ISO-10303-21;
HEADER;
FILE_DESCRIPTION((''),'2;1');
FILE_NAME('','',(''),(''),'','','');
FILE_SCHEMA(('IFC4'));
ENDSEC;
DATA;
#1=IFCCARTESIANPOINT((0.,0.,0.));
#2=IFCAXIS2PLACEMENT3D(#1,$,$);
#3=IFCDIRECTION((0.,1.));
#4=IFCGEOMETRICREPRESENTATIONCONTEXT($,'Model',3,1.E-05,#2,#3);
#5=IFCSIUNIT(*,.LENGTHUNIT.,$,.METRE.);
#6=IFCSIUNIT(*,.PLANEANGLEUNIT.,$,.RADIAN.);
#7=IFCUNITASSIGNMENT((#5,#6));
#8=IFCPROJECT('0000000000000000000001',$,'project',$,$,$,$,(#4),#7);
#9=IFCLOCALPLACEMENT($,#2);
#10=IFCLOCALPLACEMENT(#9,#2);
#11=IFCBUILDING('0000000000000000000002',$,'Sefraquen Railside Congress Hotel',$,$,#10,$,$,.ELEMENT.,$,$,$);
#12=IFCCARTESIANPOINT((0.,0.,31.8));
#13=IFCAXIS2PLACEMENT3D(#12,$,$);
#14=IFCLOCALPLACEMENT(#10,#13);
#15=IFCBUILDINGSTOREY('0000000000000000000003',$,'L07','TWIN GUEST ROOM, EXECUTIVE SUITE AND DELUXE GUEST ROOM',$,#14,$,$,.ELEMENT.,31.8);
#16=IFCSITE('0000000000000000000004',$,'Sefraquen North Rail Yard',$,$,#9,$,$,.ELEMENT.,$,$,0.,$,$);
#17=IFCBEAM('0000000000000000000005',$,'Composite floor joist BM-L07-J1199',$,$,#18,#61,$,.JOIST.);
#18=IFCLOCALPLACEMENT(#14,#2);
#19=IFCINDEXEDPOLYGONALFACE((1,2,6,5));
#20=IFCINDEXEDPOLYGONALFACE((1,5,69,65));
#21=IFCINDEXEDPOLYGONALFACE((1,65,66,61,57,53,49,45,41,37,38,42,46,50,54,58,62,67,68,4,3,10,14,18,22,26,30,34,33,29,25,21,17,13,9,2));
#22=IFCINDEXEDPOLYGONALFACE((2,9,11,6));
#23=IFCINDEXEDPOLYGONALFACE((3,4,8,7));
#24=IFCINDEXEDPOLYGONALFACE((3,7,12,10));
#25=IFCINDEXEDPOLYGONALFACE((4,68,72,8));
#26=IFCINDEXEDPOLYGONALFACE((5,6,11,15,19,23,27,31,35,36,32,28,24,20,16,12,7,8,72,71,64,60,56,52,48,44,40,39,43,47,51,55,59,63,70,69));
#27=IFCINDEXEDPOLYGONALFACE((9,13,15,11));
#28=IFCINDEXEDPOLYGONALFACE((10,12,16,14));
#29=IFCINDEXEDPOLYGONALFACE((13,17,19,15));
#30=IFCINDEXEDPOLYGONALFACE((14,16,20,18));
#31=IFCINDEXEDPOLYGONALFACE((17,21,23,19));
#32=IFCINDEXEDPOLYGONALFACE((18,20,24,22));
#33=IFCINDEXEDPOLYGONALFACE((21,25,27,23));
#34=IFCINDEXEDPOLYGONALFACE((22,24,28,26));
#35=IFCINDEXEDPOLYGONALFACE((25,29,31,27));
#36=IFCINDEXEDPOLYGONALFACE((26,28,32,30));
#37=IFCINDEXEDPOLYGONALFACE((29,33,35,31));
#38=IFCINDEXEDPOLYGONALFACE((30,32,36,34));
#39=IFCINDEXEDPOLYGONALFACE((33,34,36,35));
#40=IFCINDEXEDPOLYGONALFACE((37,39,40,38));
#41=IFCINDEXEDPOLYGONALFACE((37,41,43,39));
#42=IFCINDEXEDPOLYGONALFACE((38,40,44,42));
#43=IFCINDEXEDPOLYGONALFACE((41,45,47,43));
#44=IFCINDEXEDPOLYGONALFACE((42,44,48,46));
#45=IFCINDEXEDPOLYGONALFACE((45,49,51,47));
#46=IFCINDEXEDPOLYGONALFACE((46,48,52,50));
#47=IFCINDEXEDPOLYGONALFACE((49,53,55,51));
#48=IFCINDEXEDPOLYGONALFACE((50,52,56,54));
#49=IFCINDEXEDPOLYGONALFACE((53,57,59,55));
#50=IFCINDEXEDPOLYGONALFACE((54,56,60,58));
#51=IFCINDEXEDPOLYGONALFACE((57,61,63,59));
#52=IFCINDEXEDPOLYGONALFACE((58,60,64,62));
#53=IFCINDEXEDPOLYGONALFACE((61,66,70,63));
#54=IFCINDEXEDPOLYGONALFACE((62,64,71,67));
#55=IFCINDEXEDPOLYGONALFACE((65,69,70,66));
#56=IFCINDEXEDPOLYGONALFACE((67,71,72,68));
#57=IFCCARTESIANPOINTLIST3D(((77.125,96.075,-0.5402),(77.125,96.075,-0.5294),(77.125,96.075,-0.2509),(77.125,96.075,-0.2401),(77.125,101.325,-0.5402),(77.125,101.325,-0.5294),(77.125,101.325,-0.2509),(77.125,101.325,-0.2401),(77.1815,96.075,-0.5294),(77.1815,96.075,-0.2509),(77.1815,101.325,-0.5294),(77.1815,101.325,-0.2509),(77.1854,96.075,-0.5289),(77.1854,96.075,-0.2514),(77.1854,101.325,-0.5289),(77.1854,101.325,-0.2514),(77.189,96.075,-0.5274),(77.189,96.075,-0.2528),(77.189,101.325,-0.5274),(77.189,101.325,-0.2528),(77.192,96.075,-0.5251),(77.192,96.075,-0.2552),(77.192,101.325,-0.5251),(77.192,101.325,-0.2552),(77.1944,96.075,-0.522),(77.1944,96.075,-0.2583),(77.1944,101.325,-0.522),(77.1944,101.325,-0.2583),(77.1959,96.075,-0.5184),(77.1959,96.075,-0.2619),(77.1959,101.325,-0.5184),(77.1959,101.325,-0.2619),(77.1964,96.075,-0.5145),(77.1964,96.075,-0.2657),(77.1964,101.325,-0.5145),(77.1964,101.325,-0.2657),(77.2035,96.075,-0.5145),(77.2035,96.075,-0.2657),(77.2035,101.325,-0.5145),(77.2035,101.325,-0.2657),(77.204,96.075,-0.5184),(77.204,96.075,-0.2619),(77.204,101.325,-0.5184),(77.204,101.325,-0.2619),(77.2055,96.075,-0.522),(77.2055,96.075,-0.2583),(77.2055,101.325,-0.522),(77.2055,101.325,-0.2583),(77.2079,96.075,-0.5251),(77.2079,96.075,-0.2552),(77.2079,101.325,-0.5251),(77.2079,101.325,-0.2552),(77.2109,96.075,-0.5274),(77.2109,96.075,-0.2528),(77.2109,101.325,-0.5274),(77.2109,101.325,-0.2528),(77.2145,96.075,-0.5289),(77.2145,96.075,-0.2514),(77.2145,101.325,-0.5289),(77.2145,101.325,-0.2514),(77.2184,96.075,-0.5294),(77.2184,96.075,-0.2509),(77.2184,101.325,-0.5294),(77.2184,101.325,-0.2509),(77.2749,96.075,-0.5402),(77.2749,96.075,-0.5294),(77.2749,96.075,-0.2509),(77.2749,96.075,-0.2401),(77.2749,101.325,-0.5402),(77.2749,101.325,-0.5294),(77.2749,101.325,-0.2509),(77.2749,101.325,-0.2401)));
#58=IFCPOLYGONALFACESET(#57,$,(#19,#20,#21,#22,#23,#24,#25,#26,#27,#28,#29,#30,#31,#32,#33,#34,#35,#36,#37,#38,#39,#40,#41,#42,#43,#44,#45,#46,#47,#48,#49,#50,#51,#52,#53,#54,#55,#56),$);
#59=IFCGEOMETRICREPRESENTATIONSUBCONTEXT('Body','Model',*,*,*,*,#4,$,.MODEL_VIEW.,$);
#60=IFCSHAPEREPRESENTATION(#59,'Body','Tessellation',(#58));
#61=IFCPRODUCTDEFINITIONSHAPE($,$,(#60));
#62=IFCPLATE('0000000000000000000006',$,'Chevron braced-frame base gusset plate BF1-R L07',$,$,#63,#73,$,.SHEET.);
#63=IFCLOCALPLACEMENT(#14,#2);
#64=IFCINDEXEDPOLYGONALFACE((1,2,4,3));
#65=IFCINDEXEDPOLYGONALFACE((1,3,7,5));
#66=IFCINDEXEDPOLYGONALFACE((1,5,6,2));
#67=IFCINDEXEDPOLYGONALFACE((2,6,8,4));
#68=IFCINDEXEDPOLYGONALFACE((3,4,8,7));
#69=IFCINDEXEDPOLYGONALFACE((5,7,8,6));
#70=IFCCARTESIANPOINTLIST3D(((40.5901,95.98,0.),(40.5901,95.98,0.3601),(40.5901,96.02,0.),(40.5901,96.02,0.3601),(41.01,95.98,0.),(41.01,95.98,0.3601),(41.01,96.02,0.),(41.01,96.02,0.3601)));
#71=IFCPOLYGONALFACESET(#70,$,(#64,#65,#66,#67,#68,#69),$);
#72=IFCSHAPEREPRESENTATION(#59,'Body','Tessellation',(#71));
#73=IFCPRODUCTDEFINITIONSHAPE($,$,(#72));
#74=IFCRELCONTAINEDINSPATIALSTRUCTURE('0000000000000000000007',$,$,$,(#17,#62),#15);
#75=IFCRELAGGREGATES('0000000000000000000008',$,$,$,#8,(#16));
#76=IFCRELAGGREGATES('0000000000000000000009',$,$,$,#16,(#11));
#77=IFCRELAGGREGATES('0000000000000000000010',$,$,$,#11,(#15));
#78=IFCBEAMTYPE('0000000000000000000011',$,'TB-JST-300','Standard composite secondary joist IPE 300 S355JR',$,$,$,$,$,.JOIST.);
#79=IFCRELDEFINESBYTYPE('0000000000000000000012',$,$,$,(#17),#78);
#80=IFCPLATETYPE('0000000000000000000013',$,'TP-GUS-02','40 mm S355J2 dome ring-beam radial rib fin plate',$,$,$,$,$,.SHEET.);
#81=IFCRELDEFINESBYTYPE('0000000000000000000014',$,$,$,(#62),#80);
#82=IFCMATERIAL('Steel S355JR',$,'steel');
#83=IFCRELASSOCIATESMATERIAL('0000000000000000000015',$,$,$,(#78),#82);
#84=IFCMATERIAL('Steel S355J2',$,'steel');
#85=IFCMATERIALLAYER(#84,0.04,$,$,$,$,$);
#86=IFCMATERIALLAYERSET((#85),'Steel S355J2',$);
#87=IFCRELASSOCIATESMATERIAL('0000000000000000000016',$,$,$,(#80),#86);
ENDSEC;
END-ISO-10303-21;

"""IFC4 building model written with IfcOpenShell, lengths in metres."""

from ifc_helpers import new_model, si_unit, direction, frame, origin, origin_2d, place, context, subcontext, project, spatial, rectangle, i_section, extrude, material, layer, layer_set, material_profile, profile_set, type_object, element, save


model = new_model("IFC4")

# Units and contexts
model_context = context("Model", 3, precision=1e-05, world=origin(), true_north=direction((0.0, 1.0)))
body_context = subcontext(model_context, "Body", "Model", "MODEL_VIEW")
ifc_project = project(units=[si_unit("LENGTHUNIT", "METRE"), si_unit("PLANEANGLEUNIT", "RADIAN")], contexts=[model_context])

# Site, building, storey
site_placement = place(None, origin())
site = spatial("IfcSite", under=ifc_project, at=site_placement, Name="Sefraquen North Rail Yard", CompositionType="ELEMENT", RefElevation=0.0)
building_placement = place(site_placement, origin())
building = spatial("IfcBuilding", under=site, at=building_placement, Name="Sefraquen Railside Congress Hotel", CompositionType="ELEMENT")
storey_placement = place(building_placement, frame((0.0, 0.0, 31.8)))
storey = spatial("IfcBuildingStorey", under=building, at=storey_placement, Name="L07", Description="TWIN GUEST ROOM, EXECUTIVE SUITE AND DELUXE GUEST ROOM", CompositionType="ELEMENT", Elevation=31.8)

# Shared definitions
ifc_material_1 = material(Name="Steel S355JR", Category="steel")

# Beam
ifc_material_profile_1 = material_profile(ifc_material_1, i_section(OverallWidth=0.1499, OverallDepth=0.3, WebThickness=0.0071, FlangeThickness=0.0107, FilletRadius=0.0149, at=origin_2d()), Name="IPE 300")
ifc_profile_set_1 = profile_set([ifc_material_profile_1], Name="Steel S355JR")
beam_type_1 = type_object("IfcBeamType", Name="TB-JST-300", Description="Standard composite secondary joist IPE 300 S355JR", PredefinedType="JOIST", material=ifc_profile_set_1)
for number, where, z_axis, x_axis, name in (
    (1, (77.2, 96.075, -0.3901), (0.0, 1.0, 0.0), (-1.0, 0.0, 0.0), "Composite floor joist BM-L07-J1199"),
):
    element("IfcBeam", number, at=place(storey_placement, frame(where, z_axis=z_axis, x_axis=x_axis)), inside=storey, type_object=beam_type_1, Name=name, PredefinedType="JOIST", context=body_context, shape_type="SweptSolid", body=[
        extrude(i_section(OverallWidth=0.1499, OverallDepth=0.3, WebThickness=0.0071, FlangeThickness=0.0107, FilletRadius=0.0149, at=origin_2d()), origin(), (0.0, 0.0, 1.0), 5.25),
    ])

# Plate
ifc_material_2 = material(Name="Steel S355J2", Category="steel")
ifc_layer = layer(ifc_material_2, 0.04)
ifc_layer_set = layer_set([ifc_layer], Name="Steel S355J2")
plate_type = type_object("IfcPlateType", Name="TP-GUS-02", Description="40 mm S355J2 dome ring-beam radial rib fin plate", PredefinedType="SHEET", material=ifc_layer_set)
plate_placement = place(storey_placement, frame((40.8, 96.0, 0.0), z_axis=(0.0, 0.0, 1.0), x_axis=(1.0, 0.0, 0.0)))
element("IfcPlate", 2, at=plate_placement, inside=storey, type_object=plate_type, Name="Chevron braced-frame base gusset plate BF1-R L07", PredefinedType="SHEET", context=body_context, shape_type="SweptSolid", body=[
    extrude(rectangle(XDim=0.4199, YDim=0.04, at=origin_2d()), origin(), (0.0, 0.0, 1.0), 0.3601),
])

save(model, "model.ifc")
